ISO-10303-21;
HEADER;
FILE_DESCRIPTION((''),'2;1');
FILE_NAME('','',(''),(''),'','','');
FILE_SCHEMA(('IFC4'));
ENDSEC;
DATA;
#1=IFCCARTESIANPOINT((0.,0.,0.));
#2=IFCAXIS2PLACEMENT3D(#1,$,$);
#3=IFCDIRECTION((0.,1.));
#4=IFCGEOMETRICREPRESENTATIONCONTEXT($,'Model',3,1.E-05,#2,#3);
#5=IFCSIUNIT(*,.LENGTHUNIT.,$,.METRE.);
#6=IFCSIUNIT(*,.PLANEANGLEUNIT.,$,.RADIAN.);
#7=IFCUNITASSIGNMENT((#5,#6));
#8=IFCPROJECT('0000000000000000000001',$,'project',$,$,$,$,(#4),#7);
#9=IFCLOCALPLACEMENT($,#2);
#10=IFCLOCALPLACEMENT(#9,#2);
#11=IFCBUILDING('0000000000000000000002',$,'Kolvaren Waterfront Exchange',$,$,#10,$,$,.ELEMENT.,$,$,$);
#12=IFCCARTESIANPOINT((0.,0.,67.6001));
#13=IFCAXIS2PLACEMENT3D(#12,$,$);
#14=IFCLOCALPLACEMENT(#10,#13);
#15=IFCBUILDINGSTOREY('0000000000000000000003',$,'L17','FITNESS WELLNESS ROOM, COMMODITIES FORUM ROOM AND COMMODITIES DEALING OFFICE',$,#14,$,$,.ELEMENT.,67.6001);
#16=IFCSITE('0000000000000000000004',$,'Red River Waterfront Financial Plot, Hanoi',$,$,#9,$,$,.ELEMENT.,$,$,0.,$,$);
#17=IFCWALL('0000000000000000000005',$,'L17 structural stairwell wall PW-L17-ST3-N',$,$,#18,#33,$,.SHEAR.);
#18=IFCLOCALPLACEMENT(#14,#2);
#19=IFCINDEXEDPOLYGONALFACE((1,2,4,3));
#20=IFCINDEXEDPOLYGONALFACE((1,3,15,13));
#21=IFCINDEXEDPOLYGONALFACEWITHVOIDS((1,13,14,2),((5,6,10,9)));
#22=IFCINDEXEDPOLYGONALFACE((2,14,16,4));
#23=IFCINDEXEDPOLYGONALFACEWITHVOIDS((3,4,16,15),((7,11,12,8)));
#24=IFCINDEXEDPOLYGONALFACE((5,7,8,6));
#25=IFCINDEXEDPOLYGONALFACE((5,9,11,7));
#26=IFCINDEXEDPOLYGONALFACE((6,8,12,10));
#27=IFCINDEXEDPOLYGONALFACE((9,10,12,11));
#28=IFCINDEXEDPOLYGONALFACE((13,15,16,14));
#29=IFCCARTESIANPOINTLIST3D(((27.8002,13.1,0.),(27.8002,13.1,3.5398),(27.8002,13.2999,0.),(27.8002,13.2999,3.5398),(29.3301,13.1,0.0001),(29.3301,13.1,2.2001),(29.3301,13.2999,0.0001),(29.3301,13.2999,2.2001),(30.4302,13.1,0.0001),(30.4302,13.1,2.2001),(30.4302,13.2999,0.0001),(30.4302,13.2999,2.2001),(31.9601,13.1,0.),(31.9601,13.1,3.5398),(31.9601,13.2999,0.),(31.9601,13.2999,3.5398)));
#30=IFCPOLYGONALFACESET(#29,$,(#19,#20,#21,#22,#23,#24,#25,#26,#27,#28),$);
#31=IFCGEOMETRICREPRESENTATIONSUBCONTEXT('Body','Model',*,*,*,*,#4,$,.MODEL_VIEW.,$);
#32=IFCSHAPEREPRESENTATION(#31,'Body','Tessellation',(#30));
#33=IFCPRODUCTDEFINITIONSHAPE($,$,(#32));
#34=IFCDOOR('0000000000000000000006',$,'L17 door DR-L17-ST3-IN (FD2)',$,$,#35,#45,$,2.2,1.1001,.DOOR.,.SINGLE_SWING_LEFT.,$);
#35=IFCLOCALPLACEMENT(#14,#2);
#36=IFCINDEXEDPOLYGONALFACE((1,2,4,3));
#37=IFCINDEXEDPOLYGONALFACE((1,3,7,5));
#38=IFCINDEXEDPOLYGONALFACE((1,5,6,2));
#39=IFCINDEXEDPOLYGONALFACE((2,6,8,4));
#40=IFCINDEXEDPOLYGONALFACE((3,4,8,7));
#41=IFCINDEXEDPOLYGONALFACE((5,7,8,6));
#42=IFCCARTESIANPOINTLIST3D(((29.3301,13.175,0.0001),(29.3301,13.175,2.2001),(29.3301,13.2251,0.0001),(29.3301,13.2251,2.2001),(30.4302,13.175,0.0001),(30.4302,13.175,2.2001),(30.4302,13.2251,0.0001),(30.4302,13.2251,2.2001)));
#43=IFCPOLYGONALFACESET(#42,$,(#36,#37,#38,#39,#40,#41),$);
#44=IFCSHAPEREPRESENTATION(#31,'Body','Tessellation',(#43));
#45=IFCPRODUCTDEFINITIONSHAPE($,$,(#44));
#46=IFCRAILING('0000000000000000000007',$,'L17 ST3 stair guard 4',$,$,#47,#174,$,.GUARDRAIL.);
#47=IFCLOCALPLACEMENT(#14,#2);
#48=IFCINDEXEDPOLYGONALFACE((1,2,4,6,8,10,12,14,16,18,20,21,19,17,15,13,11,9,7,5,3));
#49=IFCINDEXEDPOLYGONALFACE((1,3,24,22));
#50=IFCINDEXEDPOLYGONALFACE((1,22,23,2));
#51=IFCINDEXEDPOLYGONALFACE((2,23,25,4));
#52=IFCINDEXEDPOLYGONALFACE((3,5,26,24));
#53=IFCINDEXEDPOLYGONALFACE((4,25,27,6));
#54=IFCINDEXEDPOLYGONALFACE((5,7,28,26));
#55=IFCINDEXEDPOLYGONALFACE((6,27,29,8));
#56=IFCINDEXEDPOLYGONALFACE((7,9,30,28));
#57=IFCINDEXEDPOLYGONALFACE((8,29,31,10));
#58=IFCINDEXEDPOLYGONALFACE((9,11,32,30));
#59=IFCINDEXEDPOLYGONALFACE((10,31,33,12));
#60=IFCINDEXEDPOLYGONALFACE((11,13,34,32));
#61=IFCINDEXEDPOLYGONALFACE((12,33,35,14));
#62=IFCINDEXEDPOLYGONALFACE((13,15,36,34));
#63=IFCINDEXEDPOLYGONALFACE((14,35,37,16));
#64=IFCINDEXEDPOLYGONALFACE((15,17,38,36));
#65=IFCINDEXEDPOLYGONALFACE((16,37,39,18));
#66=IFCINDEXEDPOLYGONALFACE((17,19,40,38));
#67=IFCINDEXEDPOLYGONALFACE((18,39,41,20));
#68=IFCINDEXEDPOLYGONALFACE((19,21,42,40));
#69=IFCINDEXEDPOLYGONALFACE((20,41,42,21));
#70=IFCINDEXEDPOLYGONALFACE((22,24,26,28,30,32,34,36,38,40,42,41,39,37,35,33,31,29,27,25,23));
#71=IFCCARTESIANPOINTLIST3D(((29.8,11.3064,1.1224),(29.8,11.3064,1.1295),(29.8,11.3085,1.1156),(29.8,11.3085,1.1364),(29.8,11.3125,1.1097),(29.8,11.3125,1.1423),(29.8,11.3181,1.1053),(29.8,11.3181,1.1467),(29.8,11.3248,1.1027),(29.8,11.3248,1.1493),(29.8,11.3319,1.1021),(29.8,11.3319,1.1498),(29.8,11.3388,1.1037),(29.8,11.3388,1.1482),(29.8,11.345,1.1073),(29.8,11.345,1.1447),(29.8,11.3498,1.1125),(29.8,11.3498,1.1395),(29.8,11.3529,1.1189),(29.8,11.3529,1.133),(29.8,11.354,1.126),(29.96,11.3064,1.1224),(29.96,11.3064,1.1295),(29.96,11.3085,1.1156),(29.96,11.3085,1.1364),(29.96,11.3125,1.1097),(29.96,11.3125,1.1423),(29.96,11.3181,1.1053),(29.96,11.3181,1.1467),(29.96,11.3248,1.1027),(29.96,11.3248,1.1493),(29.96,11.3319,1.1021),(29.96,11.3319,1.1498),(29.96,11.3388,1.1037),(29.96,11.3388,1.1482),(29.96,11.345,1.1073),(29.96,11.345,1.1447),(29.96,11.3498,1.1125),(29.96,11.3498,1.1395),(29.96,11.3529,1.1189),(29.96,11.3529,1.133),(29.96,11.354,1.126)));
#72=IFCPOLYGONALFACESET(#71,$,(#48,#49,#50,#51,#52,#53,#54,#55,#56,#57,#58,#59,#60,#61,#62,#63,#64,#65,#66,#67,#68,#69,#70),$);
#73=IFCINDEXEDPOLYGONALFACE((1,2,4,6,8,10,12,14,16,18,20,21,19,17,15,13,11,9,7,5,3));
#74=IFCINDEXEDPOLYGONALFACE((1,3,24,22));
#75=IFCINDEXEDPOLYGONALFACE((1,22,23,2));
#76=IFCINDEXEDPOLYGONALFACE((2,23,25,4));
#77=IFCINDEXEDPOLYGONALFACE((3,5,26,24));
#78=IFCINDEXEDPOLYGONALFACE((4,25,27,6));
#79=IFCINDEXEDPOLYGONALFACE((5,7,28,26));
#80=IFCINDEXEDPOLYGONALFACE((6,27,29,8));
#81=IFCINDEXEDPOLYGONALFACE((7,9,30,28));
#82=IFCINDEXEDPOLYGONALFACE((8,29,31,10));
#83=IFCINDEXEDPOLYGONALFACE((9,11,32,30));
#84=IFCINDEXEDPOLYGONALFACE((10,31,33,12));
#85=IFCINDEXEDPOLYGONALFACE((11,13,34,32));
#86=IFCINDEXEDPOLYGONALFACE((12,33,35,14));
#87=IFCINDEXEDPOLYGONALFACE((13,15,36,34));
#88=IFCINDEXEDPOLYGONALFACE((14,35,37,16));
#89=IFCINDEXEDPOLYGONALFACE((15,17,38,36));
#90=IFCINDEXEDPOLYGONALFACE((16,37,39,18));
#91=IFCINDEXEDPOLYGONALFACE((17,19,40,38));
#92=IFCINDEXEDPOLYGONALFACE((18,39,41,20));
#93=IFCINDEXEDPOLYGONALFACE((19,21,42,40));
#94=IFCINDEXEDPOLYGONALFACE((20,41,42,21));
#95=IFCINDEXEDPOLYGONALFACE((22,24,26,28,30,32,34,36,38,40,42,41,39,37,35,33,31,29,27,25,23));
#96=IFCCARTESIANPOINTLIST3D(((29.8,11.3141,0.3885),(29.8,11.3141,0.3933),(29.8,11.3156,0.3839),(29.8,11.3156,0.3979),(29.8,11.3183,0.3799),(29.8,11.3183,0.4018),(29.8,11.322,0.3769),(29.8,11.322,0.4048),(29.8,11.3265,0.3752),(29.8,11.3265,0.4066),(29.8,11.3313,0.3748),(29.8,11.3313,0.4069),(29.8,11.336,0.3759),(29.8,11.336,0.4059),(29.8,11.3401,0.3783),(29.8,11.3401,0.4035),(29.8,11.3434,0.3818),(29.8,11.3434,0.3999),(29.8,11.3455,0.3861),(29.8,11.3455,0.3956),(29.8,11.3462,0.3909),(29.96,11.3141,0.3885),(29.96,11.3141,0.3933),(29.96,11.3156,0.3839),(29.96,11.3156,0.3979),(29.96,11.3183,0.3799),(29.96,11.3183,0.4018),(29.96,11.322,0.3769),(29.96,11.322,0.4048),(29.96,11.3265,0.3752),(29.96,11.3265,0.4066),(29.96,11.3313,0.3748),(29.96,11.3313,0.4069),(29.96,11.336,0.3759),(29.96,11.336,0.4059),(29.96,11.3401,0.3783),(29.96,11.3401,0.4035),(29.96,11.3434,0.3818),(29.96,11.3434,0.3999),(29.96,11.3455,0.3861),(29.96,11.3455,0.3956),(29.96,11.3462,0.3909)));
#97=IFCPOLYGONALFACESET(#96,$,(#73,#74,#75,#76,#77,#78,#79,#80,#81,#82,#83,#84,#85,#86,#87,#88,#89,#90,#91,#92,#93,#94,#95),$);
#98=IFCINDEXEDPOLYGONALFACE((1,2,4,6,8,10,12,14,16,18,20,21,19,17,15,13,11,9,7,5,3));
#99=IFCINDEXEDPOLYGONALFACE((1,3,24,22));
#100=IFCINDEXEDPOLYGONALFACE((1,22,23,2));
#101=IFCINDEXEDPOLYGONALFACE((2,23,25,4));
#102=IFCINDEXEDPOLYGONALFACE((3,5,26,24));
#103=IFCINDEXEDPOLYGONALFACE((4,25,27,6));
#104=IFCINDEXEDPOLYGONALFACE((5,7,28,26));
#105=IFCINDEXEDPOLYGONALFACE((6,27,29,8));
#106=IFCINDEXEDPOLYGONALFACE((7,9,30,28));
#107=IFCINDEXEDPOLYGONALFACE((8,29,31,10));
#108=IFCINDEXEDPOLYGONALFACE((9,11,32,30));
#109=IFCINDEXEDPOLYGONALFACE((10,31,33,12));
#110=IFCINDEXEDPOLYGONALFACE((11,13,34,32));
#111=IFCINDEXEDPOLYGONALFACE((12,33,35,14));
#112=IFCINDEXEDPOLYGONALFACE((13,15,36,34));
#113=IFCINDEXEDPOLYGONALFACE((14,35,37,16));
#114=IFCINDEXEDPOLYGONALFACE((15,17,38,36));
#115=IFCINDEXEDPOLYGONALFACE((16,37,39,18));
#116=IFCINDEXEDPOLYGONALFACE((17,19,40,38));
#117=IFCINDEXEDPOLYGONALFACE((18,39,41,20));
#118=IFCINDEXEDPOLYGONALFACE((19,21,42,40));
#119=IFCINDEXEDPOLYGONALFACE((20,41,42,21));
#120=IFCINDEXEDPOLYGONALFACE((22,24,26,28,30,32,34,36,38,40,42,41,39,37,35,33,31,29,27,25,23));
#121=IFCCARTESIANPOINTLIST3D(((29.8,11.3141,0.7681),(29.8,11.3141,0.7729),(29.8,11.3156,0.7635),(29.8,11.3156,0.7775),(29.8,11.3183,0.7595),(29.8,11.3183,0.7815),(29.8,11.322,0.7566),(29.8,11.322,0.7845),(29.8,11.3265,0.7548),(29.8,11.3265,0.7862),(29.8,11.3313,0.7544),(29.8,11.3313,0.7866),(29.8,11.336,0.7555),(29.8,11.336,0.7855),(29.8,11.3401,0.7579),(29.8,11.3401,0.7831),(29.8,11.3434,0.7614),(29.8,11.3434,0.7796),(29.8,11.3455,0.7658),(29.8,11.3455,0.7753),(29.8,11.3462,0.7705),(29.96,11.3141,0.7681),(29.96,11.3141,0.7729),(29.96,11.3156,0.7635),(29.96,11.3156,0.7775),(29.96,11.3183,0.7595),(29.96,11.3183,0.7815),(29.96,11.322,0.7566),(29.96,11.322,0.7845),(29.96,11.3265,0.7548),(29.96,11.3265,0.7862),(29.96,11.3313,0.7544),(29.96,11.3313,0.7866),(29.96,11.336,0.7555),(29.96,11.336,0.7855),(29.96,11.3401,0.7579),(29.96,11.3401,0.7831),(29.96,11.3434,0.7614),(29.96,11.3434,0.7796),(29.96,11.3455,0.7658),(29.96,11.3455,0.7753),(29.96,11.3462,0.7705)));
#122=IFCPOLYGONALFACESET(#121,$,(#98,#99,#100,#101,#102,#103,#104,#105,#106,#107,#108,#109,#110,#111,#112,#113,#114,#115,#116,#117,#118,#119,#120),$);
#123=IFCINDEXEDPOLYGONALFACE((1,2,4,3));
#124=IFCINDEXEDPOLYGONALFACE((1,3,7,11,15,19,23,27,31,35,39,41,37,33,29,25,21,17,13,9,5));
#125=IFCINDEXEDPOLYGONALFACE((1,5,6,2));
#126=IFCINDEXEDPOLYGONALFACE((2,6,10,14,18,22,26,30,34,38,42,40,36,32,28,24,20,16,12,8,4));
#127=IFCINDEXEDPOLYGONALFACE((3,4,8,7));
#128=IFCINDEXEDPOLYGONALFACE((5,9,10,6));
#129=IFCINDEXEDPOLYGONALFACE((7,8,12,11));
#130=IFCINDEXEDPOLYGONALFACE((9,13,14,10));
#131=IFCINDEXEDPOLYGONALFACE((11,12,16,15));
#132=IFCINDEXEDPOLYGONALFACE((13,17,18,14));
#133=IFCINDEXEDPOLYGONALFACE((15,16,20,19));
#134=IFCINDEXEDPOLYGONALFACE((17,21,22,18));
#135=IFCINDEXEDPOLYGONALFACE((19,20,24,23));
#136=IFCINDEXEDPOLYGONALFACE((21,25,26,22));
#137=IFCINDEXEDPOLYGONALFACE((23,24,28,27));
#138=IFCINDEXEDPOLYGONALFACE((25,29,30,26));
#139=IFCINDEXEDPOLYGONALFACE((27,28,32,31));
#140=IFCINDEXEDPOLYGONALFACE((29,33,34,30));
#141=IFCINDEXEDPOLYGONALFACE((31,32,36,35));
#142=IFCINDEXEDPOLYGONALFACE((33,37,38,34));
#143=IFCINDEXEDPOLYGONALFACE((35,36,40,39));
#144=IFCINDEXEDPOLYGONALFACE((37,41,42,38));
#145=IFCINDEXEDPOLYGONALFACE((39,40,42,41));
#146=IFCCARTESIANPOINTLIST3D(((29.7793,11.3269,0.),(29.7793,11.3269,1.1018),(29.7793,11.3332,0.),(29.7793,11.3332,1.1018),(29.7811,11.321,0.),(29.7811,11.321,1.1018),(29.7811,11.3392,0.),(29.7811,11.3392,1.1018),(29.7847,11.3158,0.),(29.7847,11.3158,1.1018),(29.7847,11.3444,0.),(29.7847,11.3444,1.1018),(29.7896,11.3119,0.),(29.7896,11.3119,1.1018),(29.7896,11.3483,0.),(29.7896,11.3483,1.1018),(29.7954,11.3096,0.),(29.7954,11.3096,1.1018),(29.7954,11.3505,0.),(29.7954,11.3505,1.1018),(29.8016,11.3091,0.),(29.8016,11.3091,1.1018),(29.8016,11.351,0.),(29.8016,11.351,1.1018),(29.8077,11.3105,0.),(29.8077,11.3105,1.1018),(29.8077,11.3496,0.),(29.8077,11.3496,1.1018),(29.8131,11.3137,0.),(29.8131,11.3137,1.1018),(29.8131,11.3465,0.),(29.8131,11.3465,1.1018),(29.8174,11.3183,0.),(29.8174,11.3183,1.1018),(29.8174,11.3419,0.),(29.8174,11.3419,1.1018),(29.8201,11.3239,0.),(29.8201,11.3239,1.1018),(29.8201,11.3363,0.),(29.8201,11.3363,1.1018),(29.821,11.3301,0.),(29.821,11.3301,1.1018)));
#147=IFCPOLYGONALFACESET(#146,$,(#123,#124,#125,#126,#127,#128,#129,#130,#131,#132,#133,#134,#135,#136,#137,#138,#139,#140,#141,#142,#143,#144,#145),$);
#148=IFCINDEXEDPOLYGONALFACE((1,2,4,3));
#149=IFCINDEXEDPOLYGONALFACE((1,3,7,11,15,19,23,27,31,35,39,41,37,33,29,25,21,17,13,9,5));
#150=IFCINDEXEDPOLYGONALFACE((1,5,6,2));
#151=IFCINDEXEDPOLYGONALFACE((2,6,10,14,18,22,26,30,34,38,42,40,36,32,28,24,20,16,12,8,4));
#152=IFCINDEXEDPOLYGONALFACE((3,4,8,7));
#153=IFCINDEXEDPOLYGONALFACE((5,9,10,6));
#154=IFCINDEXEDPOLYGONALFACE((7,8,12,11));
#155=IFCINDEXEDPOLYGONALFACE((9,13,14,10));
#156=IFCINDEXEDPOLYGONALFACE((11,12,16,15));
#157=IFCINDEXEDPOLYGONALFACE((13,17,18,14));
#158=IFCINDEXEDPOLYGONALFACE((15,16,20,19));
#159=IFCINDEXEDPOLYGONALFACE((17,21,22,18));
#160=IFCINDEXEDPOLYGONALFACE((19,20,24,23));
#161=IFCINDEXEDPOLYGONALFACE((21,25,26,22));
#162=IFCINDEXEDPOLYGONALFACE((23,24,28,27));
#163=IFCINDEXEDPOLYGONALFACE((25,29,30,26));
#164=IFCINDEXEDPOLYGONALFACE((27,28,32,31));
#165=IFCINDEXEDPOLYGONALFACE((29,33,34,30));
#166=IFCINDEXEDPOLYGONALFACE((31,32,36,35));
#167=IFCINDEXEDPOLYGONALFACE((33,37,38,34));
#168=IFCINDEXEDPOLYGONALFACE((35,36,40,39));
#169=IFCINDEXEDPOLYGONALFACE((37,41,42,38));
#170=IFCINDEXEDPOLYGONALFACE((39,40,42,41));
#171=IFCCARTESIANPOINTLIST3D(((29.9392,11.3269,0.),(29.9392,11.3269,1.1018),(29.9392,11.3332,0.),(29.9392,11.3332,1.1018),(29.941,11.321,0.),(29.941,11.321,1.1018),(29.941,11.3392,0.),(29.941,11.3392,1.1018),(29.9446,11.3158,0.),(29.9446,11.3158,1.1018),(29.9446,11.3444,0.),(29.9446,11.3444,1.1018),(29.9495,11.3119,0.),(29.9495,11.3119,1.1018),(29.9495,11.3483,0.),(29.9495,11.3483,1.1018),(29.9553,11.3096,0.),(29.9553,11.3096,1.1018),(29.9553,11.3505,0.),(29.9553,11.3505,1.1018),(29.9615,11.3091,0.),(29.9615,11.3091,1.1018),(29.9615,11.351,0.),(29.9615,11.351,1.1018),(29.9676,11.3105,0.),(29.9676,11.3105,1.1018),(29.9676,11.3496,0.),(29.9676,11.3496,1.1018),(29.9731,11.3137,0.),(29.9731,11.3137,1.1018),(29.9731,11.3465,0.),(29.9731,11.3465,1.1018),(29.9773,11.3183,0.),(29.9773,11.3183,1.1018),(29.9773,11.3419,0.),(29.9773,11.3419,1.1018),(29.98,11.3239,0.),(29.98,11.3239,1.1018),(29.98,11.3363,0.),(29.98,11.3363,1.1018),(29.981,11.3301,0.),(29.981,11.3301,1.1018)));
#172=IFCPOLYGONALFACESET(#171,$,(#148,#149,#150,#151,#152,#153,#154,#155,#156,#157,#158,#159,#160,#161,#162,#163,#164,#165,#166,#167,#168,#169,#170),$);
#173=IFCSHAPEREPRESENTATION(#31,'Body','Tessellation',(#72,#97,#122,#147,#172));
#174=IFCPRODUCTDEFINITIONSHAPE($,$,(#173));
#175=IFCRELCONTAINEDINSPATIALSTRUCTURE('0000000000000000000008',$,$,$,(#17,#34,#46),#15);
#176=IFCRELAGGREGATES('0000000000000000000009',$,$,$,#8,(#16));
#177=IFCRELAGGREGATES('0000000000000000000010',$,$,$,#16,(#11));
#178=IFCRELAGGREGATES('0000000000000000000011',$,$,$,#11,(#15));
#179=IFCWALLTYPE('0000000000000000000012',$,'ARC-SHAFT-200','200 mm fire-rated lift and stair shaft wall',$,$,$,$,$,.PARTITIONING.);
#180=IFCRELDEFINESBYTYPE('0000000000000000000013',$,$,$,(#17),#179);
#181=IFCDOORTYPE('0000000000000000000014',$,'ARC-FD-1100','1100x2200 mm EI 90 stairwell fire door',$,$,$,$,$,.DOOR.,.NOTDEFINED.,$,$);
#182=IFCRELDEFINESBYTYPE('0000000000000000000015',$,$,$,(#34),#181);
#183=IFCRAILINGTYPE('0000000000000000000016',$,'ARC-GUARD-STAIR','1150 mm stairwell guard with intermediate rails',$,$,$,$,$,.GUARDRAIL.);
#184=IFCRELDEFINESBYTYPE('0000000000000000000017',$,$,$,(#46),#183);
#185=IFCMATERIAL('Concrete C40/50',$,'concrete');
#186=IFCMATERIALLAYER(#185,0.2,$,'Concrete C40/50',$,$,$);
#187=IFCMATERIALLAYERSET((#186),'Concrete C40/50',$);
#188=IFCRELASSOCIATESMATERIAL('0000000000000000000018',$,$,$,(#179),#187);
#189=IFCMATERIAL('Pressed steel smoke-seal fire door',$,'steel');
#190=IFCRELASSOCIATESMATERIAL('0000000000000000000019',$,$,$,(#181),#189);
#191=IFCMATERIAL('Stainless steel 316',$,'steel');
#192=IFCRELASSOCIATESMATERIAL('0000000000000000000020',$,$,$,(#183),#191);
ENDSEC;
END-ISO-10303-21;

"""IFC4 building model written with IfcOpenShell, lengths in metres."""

from ifc_helpers import new_model, si_unit, direction, frame, frame_2d, origin, origin_2d, place, context, subcontext, project, spatial, rectangle, circle, extrude, material, layer, layer_set, type_object, element, fill, save


model = new_model("IFC4")

# Units and contexts
model_context = context("Model", 3, precision=1e-05, world=origin(), true_north=direction((0.0, 1.0)))
body_context = subcontext(model_context, "Body", "Model", "MODEL_VIEW")
ifc_project = project(units=[si_unit("LENGTHUNIT", "METRE"), si_unit("PLANEANGLEUNIT", "RADIAN")], contexts=[model_context])

# Site, building, storey
site_placement = place(None, origin())
site = spatial("IfcSite", under=ifc_project, at=site_placement, Name="Red River Waterfront Financial Plot, Hanoi", CompositionType="ELEMENT", RefElevation=0.0)
building_placement = place(site_placement, origin())
building = spatial("IfcBuilding", under=site, at=building_placement, Name="Kolvaren Waterfront Exchange", CompositionType="ELEMENT")
storey_placement = place(building_placement, frame((0.0, 0.0, 67.6001)))
storey = spatial("IfcBuildingStorey", under=building, at=storey_placement, Name="L17", Description="FITNESS WELLNESS ROOM, COMMODITIES FORUM ROOM AND COMMODITIES DEALING OFFICE", CompositionType="ELEMENT", Elevation=67.6001)

# Wall, opening, door
ifc_material_1 = material(Name="Concrete C40/50", Category="concrete")
ifc_layer_1 = layer(ifc_material_1, 0.2, Name="Concrete C40/50")
ifc_layer_set_1 = layer_set([ifc_layer_1], Name="Concrete C40/50")
wall_type_1 = type_object("IfcWallType", Name="ARC-SHAFT-200", Description="200 mm fire-rated lift and stair shaft wall", PredefinedType="PARTITIONING", material=ifc_layer_set_1)
wall_1_placement = place(storey_placement, frame((27.8, 13.2, 0.0), z_axis=(0.0, 0.0, 1.0), x_axis=(1.0, 0.0, 0.0)))
wall_1 = element("IfcWall", 1, at=wall_1_placement, inside=storey, type_object=wall_type_1, Name="L17 structural stairwell wall PW-L17-ST3-N", PredefinedType="SHEAR", context=body_context, shape_type="SweptSolid", body=[
    extrude(rectangle(XDim=4.1599, YDim=0.2, at=frame_2d((2.0801, 0.0))), origin(), (0.0, 0.0, 1.0), 3.5398),
])
opening_1_placement = place(wall_1_placement, frame((1.53, 0.0, 0.0)))
opening_1 = element("IfcOpeningElement", 2, at=opening_1_placement, cuts=wall_1, PredefinedType="OPENING", context=body_context, shape_type="SweptSolid", body=[
    extrude(rectangle(XDim=1.1001, YDim=2.2, at=frame_2d((0.55, 1.1001))), frame((0.0, 0.1099, 0.0), z_axis=(0.0, -1.0, 0.0), x_axis=(1.0, 0.0, 0.0)), (0.0, 0.0, 1.0), 0.22),
])
ifc_material_2 = material(Name="Pressed steel smoke-seal fire door", Category="steel")
door_type_1 = type_object("IfcDoorType", Name="ARC-FD-1100", Description="1100x2200 mm EI 90 stairwell fire door", OperationType="NOTDEFINED", PredefinedType="DOOR", material=ifc_material_2)
door_1_placement = place(opening_1_placement, frame((1.1001, 0.0, 0.0), z_axis=(0.0, 0.0, 1.0), x_axis=(-1.0, 0.0, 0.0)))
door_1 = element("IfcDoor", 3, at=door_1_placement, inside=storey, type_object=door_type_1, Name="L17 door DR-L17-ST3-IN (FD2)", OperationType="SINGLE_SWING_LEFT", OverallHeight=2.2, OverallWidth=1.1001, PredefinedType="DOOR", context=body_context, shape_type="SweptSolid", body=[
    extrude(rectangle(XDim=1.1001, YDim=2.2, at=frame_2d((0.55, 1.1001))), frame((0.0, 0.0249, 0.0), z_axis=(0.0, -1.0, 0.0), x_axis=(1.0, 0.0, 0.0)), (0.0, 0.0, 1.0), 0.05),
])
fill(opening_1, door_1)

# Railing
ifc_material_3 = material(Name="Stainless steel 316", Category="steel")
railing_type = type_object("IfcRailingType", Name="ARC-GUARD-STAIR", Description="1150 mm stairwell guard with intermediate rails", PredefinedType="GUARDRAIL", material=ifc_material_3)
railing_placement = place(storey_placement, frame((29.8, 11.3301, 0.0)))
element("IfcRailing", 4, at=railing_placement, inside=storey, type_object=railing_type, Name="L17 ST3 stair guard 4", PredefinedType="GUARDRAIL", context=body_context, shape_type="SweptSolid", body=[
    extrude(circle(Radius=0.0239, at=origin_2d()), frame((0.0, 0.0, 1.126), z_axis=(1.0, 0.0, 0.0), x_axis=(0.0, 1.0, 0.0)), (0.0, 0.0, 1.0), 0.1599),
    extrude(circle(Radius=0.0161, at=origin_2d()), frame((0.0, 0.0, 0.3909), z_axis=(1.0, 0.0, 0.0), x_axis=(0.0, 1.0, 0.0)), (0.0, 0.0, 1.0), 0.1599),
    extrude(circle(Radius=0.0161, at=origin_2d()), frame((0.0, 0.0, 0.7705), z_axis=(1.0, 0.0, 0.0), x_axis=(0.0, 1.0, 0.0)), (0.0, 0.0, 1.0), 0.1599),
    extrude(circle(Radius=0.021, at=origin_2d()), origin(), (0.0, 0.0, 1.0), 1.1018),
    extrude(circle(Radius=0.021, at=origin_2d()), frame((0.1599, 0.0, 0.0)), (0.0, 0.0, 1.0), 1.1018),
])

save(model, "model.ifc")
